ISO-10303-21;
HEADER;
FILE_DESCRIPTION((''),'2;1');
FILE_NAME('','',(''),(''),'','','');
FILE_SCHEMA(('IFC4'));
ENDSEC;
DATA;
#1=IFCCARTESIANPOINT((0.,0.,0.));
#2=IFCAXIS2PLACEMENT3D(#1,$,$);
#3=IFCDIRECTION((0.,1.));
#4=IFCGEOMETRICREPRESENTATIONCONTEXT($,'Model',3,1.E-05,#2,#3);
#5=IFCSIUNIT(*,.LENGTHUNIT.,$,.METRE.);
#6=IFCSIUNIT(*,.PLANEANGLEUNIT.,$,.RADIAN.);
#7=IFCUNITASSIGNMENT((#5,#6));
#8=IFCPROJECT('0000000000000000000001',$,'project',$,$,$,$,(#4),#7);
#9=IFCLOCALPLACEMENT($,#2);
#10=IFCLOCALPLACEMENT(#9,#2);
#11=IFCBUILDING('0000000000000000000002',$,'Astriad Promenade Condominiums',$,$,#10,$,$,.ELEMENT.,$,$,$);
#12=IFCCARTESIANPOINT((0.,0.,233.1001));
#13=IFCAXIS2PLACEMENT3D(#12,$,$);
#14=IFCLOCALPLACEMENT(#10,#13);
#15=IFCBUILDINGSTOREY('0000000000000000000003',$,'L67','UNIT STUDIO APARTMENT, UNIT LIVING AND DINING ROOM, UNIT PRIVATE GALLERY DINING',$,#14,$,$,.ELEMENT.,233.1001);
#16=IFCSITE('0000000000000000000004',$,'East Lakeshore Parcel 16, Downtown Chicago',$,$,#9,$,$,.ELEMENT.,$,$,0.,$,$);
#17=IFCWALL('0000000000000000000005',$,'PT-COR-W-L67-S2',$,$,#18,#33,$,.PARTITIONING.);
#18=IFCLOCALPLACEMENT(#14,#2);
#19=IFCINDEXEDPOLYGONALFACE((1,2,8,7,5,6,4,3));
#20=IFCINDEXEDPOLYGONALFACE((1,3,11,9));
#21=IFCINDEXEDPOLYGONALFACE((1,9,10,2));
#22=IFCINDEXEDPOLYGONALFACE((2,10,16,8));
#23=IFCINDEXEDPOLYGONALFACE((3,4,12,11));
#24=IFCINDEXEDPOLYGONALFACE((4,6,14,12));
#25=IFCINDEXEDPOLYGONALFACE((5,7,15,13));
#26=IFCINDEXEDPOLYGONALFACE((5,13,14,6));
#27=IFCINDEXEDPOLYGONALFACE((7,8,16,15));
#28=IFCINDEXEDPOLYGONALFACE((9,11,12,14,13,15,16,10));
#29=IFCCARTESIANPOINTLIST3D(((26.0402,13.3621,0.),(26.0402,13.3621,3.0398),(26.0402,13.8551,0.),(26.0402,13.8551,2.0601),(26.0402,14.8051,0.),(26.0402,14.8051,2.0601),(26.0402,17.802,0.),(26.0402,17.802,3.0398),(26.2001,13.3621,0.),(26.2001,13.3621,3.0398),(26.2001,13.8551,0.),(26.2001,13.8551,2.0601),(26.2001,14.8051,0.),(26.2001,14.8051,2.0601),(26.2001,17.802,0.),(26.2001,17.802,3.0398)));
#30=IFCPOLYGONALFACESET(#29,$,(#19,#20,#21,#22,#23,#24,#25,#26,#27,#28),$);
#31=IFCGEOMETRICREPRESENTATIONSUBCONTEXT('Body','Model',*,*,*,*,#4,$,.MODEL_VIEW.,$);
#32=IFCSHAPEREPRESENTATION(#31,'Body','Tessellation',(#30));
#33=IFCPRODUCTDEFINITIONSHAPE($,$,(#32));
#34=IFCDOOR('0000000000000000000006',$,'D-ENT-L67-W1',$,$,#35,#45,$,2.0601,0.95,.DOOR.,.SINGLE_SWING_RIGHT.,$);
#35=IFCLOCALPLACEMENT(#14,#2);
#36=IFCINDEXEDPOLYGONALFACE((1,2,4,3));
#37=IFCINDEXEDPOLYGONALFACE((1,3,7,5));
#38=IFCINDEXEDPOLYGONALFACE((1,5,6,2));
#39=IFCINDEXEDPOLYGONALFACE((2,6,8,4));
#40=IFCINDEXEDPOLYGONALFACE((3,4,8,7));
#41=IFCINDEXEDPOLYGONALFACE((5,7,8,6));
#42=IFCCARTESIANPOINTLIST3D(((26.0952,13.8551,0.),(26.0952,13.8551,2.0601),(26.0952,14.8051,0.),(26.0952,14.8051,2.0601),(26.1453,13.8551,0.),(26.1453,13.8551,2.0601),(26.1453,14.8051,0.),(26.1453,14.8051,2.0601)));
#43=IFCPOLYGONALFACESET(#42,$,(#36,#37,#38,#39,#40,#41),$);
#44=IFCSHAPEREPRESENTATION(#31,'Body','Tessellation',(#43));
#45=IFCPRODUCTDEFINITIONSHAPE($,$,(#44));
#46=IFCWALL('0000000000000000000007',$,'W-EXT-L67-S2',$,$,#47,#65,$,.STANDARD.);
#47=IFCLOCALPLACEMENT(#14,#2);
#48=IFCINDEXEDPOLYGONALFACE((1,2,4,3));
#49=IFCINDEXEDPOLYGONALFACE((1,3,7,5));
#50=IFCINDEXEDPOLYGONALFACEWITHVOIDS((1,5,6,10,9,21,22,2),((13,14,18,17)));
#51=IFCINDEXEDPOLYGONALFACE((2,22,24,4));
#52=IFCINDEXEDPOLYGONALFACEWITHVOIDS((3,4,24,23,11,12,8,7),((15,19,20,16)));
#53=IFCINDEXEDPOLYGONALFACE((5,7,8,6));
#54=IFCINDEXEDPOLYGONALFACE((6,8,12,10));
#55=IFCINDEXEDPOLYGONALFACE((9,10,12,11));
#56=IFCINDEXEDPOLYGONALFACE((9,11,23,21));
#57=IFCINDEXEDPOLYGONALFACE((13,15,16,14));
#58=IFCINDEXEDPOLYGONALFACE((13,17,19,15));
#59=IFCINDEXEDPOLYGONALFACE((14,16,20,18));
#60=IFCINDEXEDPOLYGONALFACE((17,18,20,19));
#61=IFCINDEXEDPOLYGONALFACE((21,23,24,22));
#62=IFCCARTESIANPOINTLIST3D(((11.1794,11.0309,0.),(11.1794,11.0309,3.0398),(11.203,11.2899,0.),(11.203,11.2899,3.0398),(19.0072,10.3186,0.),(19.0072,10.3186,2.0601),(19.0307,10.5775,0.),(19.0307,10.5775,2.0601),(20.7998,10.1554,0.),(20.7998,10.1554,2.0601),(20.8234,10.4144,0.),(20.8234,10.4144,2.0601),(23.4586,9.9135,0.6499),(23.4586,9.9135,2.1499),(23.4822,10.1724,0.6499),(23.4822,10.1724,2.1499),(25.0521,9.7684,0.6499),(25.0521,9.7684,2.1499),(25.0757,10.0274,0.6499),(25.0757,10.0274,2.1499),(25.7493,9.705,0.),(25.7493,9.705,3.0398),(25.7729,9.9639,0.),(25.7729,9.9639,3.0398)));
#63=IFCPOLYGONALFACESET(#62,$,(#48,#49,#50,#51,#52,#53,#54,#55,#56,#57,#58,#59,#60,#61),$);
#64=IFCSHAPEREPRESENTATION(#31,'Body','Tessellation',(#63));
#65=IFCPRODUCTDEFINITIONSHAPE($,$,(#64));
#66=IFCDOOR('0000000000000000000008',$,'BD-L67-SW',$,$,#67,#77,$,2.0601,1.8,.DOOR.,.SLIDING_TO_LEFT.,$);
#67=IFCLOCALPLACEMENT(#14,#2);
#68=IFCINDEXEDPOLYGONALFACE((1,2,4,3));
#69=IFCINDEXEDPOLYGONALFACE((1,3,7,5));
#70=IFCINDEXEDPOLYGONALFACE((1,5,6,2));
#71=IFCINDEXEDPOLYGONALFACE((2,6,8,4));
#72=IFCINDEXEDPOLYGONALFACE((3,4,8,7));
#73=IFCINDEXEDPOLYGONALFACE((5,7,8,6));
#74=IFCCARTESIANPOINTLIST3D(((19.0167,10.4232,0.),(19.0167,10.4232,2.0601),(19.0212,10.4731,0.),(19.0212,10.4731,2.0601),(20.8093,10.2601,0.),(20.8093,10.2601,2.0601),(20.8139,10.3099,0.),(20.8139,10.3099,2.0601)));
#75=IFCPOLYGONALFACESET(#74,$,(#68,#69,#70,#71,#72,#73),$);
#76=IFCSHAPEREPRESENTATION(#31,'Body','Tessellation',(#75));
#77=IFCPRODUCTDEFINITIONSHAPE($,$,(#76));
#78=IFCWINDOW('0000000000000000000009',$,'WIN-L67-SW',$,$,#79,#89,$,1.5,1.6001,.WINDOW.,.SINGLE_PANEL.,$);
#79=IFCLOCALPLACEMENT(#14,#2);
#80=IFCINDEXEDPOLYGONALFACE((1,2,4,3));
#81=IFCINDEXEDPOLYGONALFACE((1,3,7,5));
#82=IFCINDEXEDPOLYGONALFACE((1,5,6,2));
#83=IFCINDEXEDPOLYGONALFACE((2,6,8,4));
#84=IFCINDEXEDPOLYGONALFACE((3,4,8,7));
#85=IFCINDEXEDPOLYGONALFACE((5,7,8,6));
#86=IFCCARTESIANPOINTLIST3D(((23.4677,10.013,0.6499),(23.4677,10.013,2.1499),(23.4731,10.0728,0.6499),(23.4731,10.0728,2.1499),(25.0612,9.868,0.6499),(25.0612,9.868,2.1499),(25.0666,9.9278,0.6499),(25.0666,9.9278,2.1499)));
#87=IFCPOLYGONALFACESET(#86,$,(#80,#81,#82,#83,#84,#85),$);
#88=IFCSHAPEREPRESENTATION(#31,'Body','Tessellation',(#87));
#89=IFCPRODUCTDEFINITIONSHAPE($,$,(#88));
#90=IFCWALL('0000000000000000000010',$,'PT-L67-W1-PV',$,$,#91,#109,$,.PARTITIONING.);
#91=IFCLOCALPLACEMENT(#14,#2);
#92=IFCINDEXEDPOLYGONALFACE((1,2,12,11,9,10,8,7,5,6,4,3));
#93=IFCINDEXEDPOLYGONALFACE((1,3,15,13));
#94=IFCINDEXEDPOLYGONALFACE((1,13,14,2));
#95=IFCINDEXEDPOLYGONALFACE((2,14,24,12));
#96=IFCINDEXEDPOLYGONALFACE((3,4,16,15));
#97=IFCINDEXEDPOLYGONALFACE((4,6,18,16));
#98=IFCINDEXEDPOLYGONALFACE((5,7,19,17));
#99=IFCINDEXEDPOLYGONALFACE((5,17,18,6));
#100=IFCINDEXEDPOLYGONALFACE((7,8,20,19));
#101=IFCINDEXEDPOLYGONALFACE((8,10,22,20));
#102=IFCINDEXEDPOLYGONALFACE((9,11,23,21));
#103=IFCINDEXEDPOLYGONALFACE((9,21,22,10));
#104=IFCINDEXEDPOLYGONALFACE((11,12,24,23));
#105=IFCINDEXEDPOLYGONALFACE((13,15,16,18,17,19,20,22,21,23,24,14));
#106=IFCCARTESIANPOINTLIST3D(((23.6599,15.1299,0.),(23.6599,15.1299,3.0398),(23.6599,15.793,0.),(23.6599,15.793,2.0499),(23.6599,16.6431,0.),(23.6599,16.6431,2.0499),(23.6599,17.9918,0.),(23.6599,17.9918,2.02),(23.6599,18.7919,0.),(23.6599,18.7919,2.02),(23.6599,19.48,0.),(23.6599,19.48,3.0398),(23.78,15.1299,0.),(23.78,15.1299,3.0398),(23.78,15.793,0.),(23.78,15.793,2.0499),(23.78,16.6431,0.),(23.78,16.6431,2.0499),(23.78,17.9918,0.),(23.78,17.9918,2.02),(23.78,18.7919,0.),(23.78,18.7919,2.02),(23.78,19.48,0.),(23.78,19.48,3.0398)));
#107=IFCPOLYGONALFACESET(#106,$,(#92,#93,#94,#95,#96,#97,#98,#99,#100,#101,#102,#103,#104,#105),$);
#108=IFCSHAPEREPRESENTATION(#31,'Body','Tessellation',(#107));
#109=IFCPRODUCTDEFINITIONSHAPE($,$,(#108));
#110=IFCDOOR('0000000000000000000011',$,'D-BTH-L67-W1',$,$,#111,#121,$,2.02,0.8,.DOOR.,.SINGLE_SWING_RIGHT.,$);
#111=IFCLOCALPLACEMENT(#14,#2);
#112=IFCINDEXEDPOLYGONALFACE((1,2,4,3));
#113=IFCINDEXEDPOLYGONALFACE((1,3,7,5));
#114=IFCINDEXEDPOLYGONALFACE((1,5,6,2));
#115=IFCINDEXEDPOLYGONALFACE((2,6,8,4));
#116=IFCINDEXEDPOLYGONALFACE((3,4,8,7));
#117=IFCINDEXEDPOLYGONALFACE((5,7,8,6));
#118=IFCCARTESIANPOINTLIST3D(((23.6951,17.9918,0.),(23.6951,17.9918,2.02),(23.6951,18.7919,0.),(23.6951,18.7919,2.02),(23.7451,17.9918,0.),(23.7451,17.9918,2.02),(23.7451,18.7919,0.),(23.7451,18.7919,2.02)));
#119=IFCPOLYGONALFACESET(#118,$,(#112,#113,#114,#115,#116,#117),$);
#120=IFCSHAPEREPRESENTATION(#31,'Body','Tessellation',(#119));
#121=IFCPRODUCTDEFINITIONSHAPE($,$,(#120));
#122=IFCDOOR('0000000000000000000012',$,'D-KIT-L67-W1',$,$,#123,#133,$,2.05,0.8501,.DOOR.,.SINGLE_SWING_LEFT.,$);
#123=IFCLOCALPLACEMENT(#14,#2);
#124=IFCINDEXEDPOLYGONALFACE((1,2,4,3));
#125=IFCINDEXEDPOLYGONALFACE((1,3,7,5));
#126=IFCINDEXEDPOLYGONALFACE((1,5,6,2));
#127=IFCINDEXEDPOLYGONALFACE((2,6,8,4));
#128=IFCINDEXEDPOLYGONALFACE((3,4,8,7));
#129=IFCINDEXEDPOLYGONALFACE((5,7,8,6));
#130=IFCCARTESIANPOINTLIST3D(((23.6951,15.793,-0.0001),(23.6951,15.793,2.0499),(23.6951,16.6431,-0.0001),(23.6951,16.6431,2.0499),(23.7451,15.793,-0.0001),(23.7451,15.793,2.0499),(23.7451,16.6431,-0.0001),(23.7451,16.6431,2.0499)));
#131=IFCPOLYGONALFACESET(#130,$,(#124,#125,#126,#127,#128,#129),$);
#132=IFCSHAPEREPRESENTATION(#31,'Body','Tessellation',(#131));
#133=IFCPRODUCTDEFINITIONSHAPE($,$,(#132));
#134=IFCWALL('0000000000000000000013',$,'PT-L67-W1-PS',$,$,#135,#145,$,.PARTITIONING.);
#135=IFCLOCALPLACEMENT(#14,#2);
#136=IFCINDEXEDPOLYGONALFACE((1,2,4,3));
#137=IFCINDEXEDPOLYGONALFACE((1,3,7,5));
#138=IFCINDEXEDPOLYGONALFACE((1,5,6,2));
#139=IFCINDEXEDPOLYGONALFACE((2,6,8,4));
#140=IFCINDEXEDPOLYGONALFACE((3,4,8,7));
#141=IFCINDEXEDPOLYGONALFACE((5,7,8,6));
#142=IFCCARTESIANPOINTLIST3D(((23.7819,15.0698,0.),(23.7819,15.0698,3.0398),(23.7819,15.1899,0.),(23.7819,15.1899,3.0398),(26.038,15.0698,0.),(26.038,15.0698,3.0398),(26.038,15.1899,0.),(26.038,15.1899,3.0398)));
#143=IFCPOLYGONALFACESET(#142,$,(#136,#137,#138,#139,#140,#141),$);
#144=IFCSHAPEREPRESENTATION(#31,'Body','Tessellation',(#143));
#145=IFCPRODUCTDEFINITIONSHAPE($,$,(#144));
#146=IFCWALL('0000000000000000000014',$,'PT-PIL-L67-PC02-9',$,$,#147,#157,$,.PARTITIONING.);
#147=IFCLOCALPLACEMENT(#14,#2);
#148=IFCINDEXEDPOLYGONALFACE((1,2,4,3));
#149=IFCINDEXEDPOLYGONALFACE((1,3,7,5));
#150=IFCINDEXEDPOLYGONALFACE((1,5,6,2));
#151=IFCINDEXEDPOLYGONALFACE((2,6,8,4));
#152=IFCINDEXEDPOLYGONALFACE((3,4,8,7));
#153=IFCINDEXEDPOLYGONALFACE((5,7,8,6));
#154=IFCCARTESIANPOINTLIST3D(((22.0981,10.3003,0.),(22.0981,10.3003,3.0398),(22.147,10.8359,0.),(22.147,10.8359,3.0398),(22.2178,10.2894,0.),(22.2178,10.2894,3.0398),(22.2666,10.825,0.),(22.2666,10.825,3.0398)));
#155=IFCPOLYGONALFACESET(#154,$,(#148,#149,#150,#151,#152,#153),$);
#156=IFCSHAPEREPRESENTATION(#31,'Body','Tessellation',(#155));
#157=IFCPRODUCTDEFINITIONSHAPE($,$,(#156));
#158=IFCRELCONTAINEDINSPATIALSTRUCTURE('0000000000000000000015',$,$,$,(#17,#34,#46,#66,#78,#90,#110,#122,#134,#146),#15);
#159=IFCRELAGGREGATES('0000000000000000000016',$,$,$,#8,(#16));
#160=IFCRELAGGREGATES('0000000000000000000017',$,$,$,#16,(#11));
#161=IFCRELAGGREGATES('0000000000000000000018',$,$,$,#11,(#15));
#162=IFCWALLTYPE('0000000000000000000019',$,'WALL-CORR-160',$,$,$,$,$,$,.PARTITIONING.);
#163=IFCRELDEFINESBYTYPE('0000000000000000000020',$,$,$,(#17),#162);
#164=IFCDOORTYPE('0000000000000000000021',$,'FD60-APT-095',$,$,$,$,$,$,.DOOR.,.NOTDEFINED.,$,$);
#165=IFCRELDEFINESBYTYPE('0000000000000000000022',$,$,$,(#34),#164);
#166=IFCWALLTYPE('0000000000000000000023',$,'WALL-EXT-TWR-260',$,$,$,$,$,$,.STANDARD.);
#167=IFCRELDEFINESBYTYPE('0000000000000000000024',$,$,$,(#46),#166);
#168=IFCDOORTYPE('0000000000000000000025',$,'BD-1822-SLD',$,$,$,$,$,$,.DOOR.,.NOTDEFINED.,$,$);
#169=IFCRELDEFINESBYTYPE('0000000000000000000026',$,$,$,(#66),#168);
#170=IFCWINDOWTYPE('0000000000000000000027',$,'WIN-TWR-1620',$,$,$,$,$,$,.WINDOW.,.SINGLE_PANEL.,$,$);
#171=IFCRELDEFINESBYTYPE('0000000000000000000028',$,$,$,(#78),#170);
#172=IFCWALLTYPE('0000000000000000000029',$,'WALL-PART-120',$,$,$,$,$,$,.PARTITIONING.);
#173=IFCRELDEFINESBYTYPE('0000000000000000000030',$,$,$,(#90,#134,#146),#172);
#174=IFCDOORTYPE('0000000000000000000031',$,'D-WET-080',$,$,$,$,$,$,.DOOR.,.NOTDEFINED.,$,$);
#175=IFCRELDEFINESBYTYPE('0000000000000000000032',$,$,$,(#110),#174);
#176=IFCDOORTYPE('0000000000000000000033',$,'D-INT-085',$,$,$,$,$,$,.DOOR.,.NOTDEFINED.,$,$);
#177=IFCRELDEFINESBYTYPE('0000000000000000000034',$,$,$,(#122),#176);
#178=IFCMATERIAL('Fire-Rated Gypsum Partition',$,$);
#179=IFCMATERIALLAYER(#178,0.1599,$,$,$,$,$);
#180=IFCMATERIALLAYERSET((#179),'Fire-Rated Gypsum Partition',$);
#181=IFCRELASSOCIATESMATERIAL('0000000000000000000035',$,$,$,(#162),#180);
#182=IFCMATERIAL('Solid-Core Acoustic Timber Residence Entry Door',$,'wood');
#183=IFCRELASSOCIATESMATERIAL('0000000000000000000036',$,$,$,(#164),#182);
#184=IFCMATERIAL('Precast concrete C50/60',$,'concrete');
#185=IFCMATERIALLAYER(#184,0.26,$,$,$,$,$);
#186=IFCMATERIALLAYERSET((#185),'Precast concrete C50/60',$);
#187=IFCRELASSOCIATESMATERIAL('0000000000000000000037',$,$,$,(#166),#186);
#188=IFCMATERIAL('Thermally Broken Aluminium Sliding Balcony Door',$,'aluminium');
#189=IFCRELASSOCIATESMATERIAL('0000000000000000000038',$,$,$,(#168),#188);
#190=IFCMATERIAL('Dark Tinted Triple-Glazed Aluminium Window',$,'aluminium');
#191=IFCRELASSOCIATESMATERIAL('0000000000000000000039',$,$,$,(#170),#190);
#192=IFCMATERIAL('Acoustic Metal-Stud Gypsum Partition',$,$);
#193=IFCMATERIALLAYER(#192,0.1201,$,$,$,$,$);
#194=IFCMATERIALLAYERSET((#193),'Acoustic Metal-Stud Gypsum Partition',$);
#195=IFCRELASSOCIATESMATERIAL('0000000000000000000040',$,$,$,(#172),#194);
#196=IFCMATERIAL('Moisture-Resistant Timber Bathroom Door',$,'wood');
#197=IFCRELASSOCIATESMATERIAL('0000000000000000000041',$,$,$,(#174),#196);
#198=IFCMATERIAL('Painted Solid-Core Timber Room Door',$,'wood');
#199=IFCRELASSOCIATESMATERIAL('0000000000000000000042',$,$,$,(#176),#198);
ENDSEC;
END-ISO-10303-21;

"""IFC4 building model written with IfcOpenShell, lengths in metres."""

from ifc_helpers import new_model, si_unit, direction, frame, frame_2d, origin, place, context, subcontext, project, spatial, rectangle, extrude, source, transform, mapped, material, layer, layer_set, type_object, type_shapes, element, fill, save


model = new_model("IFC4")

# Units and contexts
model_context = context("Model", 3, precision=1e-05, world=origin(), true_north=direction((0.0, 1.0)))
body_context = subcontext(model_context, "Body", "Model", "MODEL_VIEW")
ifc_project = project(units=[si_unit("LENGTHUNIT", "METRE"), si_unit("PLANEANGLEUNIT", "RADIAN")], contexts=[model_context])

# Site, building, storey
site_placement = place(None, origin())
site = spatial("IfcSite", under=ifc_project, at=site_placement, Name="East Lakeshore Parcel 16, Downtown Chicago", CompositionType="ELEMENT", RefElevation=0.0)
building_placement = place(site_placement, origin())
building = spatial("IfcBuilding", under=site, at=building_placement, Name="Astriad Promenade Condominiums", CompositionType="ELEMENT")
storey_placement = place(building_placement, frame((0.0, 0.0, 233.1001)))
storey = spatial("IfcBuildingStorey", under=building, at=storey_placement, Name="L67", Description="UNIT STUDIO APARTMENT, UNIT LIVING AND DINING ROOM, UNIT PRIVATE GALLERY DINING", CompositionType="ELEMENT", Elevation=233.1001)

# Shared definitions
ifc_material_1 = material(Name="Fire-Rated Gypsum Partition")
ifc_layer_1 = layer(ifc_material_1, 0.1599)
ifc_layer_set_1 = layer_set([ifc_layer_1], Name="Fire-Rated Gypsum Partition")
wall_type_1 = type_object("IfcWallType", Name="WALL-CORR-160", PredefinedType="PARTITIONING", material=ifc_layer_set_1)
ifc_material_2 = material(Name="Solid-Core Acoustic Timber Residence Entry Door", Category="wood")
door_type_1 = type_object("IfcDoorType", Name="FD60-APT-095", OperationType="NOTDEFINED", PredefinedType="DOOR", material=ifc_material_2)
shared_shape_1 = source(origin(), body_context, "Body", "SweptSolid", [
    extrude(rectangle(XDim=0.95, YDim=2.0601, at=frame_2d((0.4751, 1.03))), frame((0.0, 0.0249, 0.0), z_axis=(0.0, -1.0, 0.0), x_axis=(1.0, 0.0, 0.0)), (0.0, 0.0, 1.0), 0.05),
])
type_shapes(door_type_1, [shared_shape_1])

# Wall, opening, door
wall_1_placement = place(storey_placement, frame((26.1201, 13.3621, 0.0), z_axis=(0.0, 0.0, 1.0), x_axis=(0.0, 1.0, 0.0)))
wall_1 = element("IfcWall", 1, at=wall_1_placement, inside=storey, type_object=wall_type_1, Name="PT-COR-W-L67-S2", PredefinedType="PARTITIONING", context=body_context, shape_type="SweptSolid", body=[
    extrude(rectangle(XDim=4.4399, YDim=0.1599, at=frame_2d((2.22, 0.0))), origin(), (0.0, 0.0, 1.0), 3.0398),
])
opening_1_placement = place(wall_1_placement, frame((0.4929, 0.0, 0.0)))
opening_1 = element("IfcOpeningElement", 2, at=opening_1_placement, cuts=wall_1, PredefinedType="OPENING", context=body_context, shape_type="SweptSolid", body=[
    extrude(rectangle(XDim=0.95, YDim=2.0601, at=frame_2d((0.4751, 1.03))), frame((0.0, 0.0898, 0.0), z_axis=(0.0, -1.0, 0.0), x_axis=(1.0, 0.0, 0.0)), (0.0, 0.0, 1.0), 0.1799),
])
door_1_placement = place(opening_1_placement, origin())
door_1 = element("IfcDoor", 3, at=door_1_placement, inside=storey, type_object=door_type_1, Name="D-ENT-L67-W1", OperationType="SINGLE_SWING_RIGHT", OverallHeight=2.0601, OverallWidth=0.95, PredefinedType="DOOR", context=body_context, shape_type="MappedRepresentation", body=[
    mapped(shared_shape_1, transform((0.0, 0.0, 0.0), scale=1.0)),
])
fill(opening_1, door_1)

# Wall, openings, door, window
ifc_material_3 = material(Name="Precast concrete C50/60", Category="concrete")
ifc_layer_2 = layer(ifc_material_3, 0.26)
ifc_layer_set_2 = layer_set([ifc_layer_2], Name="Precast concrete C50/60")
wall_type_2 = type_object("IfcWallType", Name="WALL-EXT-TWR-260", PredefinedType="STANDARD", material=ifc_layer_set_2)
wall_2_placement = place(storey_placement, frame((25.761, 9.8345, 0.0), z_axis=(0.0, 0.0, 1.0), x_axis=(-0.995885, 0.090631, 0.0)))
wall_2 = element("IfcWall", 4, at=wall_2_placement, inside=storey, type_object=wall_type_2, Name="W-EXT-L67-S2", PredefinedType="STANDARD", context=body_context, shape_type="SweptSolid", body=[
    extrude(rectangle(XDim=14.6301, YDim=0.26, at=frame_2d((7.3149, 0.0))), origin(), (0.0, 0.0, 1.0), 3.0398),
])
opening_2_placement = place(wall_2_placement, frame((4.97, 0.0, 0.0)))
opening_2 = element("IfcOpeningElement", 5, at=opening_2_placement, cuts=wall_2, PredefinedType="OPENING", context=body_context, shape_type="SweptSolid", body=[
    extrude(rectangle(XDim=1.8, YDim=2.0601, at=frame_2d((0.8999, 1.03))), frame((0.0, 0.1399, 0.0), z_axis=(0.0, -1.0, 0.0), x_axis=(1.0, 0.0, 0.0)), (0.0, 0.0, 1.0), 0.28),
])
opening_3_placement = place(wall_2_placement, frame((0.7, 0.0, 0.6499)))
opening_3 = element("IfcOpeningElement", 6, at=opening_3_placement, cuts=wall_2, PredefinedType="OPENING", context=body_context, shape_type="SweptSolid", body=[
    extrude(rectangle(XDim=1.6001, YDim=1.5, at=frame_2d((0.8, 0.75))), frame((0.0, 0.1399, 0.0), z_axis=(0.0, -1.0, 0.0), x_axis=(1.0, 0.0, 0.0)), (0.0, 0.0, 1.0), 0.28),
])
ifc_material_4 = material(Name="Thermally Broken Aluminium Sliding Balcony Door", Category="aluminium")
door_type_2 = type_object("IfcDoorType", Name="BD-1822-SLD", OperationType="NOTDEFINED", PredefinedType="DOOR", material=ifc_material_4)
shared_shape_2 = source(origin(), body_context, "Body", "SweptSolid", [
    extrude(rectangle(XDim=1.8, YDim=2.0601, at=frame_2d((0.8999, 1.03))), frame((0.0, 0.0249, 0.0), z_axis=(0.0, -1.0, 0.0), x_axis=(1.0, 0.0, 0.0)), (0.0, 0.0, 1.0), 0.05),
])
type_shapes(door_type_2, [shared_shape_2])
door_2_placement = place(opening_2_placement, origin())
door_2 = element("IfcDoor", 7, at=door_2_placement, inside=storey, type_object=door_type_2, Name="BD-L67-SW", OperationType="SLIDING_TO_LEFT", OverallHeight=2.0601, OverallWidth=1.8, PredefinedType="DOOR", context=body_context, shape_type="MappedRepresentation", body=[
    mapped(shared_shape_2, transform((0.0, 0.0, 0.0), scale=1.0)),
])
fill(opening_2, door_2)
ifc_material_5 = material(Name="Dark Tinted Triple-Glazed Aluminium Window", Category="aluminium")
window_type = type_object("IfcWindowType", Name="WIN-TWR-1620", PartitioningType="SINGLE_PANEL", PredefinedType="WINDOW", material=ifc_material_5)
shared_shape_3 = source(origin(), body_context, "Body", "SweptSolid", [
    extrude(rectangle(XDim=1.6001, YDim=1.5, at=frame_2d((0.8, 0.75))), frame((0.0, 0.03, 0.0), z_axis=(0.0, -1.0, 0.0), x_axis=(1.0, 0.0, 0.0)), (0.0, 0.0, 1.0), 0.0601),
])
type_shapes(window_type, [shared_shape_3])
window_placement = place(opening_3_placement, origin())
window = element("IfcWindow", 8, at=window_placement, inside=storey, type_object=window_type, Name="WIN-L67-SW", OverallHeight=1.5, OverallWidth=1.6001, PartitioningType="SINGLE_PANEL", PredefinedType="WINDOW", context=body_context, shape_type="MappedRepresentation", body=[
    mapped(shared_shape_3, transform((0.0, 0.0, 0.0), scale=1.0)),
])
fill(opening_3, window)

# Wall, openings, doors
ifc_material_6 = material(Name="Acoustic Metal-Stud Gypsum Partition")
ifc_layer_3 = layer(ifc_material_6, 0.1201)
ifc_layer_set_3 = layer_set([ifc_layer_3], Name="Acoustic Metal-Stud Gypsum Partition")
wall_type_3 = type_object("IfcWallType", Name="WALL-PART-120", PredefinedType="PARTITIONING", material=ifc_layer_set_3)
wall_3_placement = place(storey_placement, frame((23.72, 15.1299, 0.0), z_axis=(0.0, 0.0, 1.0), x_axis=(0.0, 1.0, 0.0)))
wall_3 = element("IfcWall", 9, at=wall_3_placement, inside=storey, type_object=wall_type_3, Name="PT-L67-W1-PV", PredefinedType="PARTITIONING", context=body_context, shape_type="SweptSolid", body=[
    extrude(rectangle(XDim=4.3501, YDim=0.1201, at=frame_2d((2.175, 0.0))), origin(), (0.0, 0.0, 1.0), 3.0398),
])
opening_4_placement = place(wall_3_placement, frame((0.6631, 0.0, 0.0)))
opening_4 = element("IfcOpeningElement", 10, at=opening_4_placement, cuts=wall_3, PredefinedType="OPENING", context=body_context, shape_type="SweptSolid", body=[
    extrude(rectangle(XDim=0.8501, YDim=2.05, at=frame_2d((0.425, 1.0249))), frame((0.0, 0.0701, 0.0), z_axis=(0.0, -1.0, 0.0), x_axis=(1.0, 0.0, 0.0)), (0.0, 0.0, 1.0), 0.1401),
])
opening_5_placement = place(wall_3_placement, frame((2.8621, 0.0, 0.0)))
opening_5 = element("IfcOpeningElement", 11, at=opening_5_placement, cuts=wall_3, PredefinedType="OPENING", context=body_context, shape_type="SweptSolid", body=[
    extrude(rectangle(XDim=0.8, YDim=2.02, at=frame_2d((0.3999, 1.01))), frame((0.0, 0.0701, 0.0), z_axis=(0.0, -1.0, 0.0), x_axis=(1.0, 0.0, 0.0)), (0.0, 0.0, 1.0), 0.1401),
])
ifc_material_7 = material(Name="Moisture-Resistant Timber Bathroom Door", Category="wood")
door_type_3 = type_object("IfcDoorType", Name="D-WET-080", OperationType="NOTDEFINED", PredefinedType="DOOR", material=ifc_material_7)
shared_shape_4 = source(origin(), body_context, "Body", "SweptSolid", [
    extrude(rectangle(XDim=0.8, YDim=2.02, at=frame_2d((0.3999, 1.01))), frame((0.0, 0.0249, 0.0), z_axis=(0.0, -1.0, 0.0), x_axis=(1.0, 0.0, 0.0)), (0.0, 0.0, 1.0), 0.05),
])
type_shapes(door_type_3, [shared_shape_4])
door_3_placement = place(opening_5_placement, origin())
door_3 = element("IfcDoor", 12, at=door_3_placement, inside=storey, type_object=door_type_3, Name="D-BTH-L67-W1", OperationType="SINGLE_SWING_RIGHT", OverallHeight=2.02, OverallWidth=0.8, PredefinedType="DOOR", context=body_context, shape_type="MappedRepresentation", body=[
    mapped(shared_shape_4, transform((0.0, 0.0, 0.0), scale=1.0)),
])
fill(opening_5, door_3)
ifc_material_8 = material(Name="Painted Solid-Core Timber Room Door", Category="wood")
door_type_4 = type_object("IfcDoorType", Name="D-INT-085", OperationType="NOTDEFINED", PredefinedType="DOOR", material=ifc_material_8)
shared_shape_5 = source(origin(), body_context, "Body", "SweptSolid", [
    extrude(rectangle(XDim=0.8501, YDim=2.05, at=frame_2d((0.425, 1.0249))), frame((0.0, 0.0249, 0.0), z_axis=(0.0, -1.0, 0.0), x_axis=(1.0, 0.0, 0.0)), (0.0, 0.0, 1.0), 0.05),
])
type_shapes(door_type_4, [shared_shape_5])
door_4_placement = place(opening_4_placement, origin())
door_4 = element("IfcDoor", 13, at=door_4_placement, inside=storey, type_object=door_type_4, Name="D-KIT-L67-W1", OperationType="SINGLE_SWING_LEFT", OverallHeight=2.05, OverallWidth=0.8501, PredefinedType="DOOR", context=body_context, shape_type="MappedRepresentation", body=[
    mapped(shared_shape_5, transform((0.0, 0.0, 0.0), scale=1.0)),
])
fill(opening_4, door_4)

# Walls
wall_4_placement = place(storey_placement, frame((23.782, 15.1299, 0.0), z_axis=(0.0, 0.0, 1.0), x_axis=(1.0, 0.0, 0.0)))
element("IfcWall", 14, at=wall_4_placement, inside=storey, type_object=wall_type_3, Name="PT-L67-W1-PS", PredefinedType="PARTITIONING", context=body_context, shape_type="SweptSolid", body=[
    extrude(rectangle(XDim=2.2561, YDim=0.1201, at=frame_2d((1.1279, 0.0))), origin(), (0.0, 0.0, 1.0), 3.0398),
])
wall_5_placement = place(storey_placement, frame((22.2068, 10.8306, 0.0), z_axis=(0.0, 0.0, 1.0), x_axis=(-0.090781, -0.995871, 0.0)))
element("IfcWall", 15, at=wall_5_placement, inside=storey, type_object=wall_type_3, Name="PT-PIL-L67-PC02-9", PredefinedType="PARTITIONING", context=body_context, shape_type="SweptSolid", body=[
    extrude(rectangle(XDim=0.5378, YDim=0.1201, at=frame_2d((0.269, 0.0))), origin(), (0.0, 0.0, 1.0), 3.0398),
])

save(model, "model.ifc")
